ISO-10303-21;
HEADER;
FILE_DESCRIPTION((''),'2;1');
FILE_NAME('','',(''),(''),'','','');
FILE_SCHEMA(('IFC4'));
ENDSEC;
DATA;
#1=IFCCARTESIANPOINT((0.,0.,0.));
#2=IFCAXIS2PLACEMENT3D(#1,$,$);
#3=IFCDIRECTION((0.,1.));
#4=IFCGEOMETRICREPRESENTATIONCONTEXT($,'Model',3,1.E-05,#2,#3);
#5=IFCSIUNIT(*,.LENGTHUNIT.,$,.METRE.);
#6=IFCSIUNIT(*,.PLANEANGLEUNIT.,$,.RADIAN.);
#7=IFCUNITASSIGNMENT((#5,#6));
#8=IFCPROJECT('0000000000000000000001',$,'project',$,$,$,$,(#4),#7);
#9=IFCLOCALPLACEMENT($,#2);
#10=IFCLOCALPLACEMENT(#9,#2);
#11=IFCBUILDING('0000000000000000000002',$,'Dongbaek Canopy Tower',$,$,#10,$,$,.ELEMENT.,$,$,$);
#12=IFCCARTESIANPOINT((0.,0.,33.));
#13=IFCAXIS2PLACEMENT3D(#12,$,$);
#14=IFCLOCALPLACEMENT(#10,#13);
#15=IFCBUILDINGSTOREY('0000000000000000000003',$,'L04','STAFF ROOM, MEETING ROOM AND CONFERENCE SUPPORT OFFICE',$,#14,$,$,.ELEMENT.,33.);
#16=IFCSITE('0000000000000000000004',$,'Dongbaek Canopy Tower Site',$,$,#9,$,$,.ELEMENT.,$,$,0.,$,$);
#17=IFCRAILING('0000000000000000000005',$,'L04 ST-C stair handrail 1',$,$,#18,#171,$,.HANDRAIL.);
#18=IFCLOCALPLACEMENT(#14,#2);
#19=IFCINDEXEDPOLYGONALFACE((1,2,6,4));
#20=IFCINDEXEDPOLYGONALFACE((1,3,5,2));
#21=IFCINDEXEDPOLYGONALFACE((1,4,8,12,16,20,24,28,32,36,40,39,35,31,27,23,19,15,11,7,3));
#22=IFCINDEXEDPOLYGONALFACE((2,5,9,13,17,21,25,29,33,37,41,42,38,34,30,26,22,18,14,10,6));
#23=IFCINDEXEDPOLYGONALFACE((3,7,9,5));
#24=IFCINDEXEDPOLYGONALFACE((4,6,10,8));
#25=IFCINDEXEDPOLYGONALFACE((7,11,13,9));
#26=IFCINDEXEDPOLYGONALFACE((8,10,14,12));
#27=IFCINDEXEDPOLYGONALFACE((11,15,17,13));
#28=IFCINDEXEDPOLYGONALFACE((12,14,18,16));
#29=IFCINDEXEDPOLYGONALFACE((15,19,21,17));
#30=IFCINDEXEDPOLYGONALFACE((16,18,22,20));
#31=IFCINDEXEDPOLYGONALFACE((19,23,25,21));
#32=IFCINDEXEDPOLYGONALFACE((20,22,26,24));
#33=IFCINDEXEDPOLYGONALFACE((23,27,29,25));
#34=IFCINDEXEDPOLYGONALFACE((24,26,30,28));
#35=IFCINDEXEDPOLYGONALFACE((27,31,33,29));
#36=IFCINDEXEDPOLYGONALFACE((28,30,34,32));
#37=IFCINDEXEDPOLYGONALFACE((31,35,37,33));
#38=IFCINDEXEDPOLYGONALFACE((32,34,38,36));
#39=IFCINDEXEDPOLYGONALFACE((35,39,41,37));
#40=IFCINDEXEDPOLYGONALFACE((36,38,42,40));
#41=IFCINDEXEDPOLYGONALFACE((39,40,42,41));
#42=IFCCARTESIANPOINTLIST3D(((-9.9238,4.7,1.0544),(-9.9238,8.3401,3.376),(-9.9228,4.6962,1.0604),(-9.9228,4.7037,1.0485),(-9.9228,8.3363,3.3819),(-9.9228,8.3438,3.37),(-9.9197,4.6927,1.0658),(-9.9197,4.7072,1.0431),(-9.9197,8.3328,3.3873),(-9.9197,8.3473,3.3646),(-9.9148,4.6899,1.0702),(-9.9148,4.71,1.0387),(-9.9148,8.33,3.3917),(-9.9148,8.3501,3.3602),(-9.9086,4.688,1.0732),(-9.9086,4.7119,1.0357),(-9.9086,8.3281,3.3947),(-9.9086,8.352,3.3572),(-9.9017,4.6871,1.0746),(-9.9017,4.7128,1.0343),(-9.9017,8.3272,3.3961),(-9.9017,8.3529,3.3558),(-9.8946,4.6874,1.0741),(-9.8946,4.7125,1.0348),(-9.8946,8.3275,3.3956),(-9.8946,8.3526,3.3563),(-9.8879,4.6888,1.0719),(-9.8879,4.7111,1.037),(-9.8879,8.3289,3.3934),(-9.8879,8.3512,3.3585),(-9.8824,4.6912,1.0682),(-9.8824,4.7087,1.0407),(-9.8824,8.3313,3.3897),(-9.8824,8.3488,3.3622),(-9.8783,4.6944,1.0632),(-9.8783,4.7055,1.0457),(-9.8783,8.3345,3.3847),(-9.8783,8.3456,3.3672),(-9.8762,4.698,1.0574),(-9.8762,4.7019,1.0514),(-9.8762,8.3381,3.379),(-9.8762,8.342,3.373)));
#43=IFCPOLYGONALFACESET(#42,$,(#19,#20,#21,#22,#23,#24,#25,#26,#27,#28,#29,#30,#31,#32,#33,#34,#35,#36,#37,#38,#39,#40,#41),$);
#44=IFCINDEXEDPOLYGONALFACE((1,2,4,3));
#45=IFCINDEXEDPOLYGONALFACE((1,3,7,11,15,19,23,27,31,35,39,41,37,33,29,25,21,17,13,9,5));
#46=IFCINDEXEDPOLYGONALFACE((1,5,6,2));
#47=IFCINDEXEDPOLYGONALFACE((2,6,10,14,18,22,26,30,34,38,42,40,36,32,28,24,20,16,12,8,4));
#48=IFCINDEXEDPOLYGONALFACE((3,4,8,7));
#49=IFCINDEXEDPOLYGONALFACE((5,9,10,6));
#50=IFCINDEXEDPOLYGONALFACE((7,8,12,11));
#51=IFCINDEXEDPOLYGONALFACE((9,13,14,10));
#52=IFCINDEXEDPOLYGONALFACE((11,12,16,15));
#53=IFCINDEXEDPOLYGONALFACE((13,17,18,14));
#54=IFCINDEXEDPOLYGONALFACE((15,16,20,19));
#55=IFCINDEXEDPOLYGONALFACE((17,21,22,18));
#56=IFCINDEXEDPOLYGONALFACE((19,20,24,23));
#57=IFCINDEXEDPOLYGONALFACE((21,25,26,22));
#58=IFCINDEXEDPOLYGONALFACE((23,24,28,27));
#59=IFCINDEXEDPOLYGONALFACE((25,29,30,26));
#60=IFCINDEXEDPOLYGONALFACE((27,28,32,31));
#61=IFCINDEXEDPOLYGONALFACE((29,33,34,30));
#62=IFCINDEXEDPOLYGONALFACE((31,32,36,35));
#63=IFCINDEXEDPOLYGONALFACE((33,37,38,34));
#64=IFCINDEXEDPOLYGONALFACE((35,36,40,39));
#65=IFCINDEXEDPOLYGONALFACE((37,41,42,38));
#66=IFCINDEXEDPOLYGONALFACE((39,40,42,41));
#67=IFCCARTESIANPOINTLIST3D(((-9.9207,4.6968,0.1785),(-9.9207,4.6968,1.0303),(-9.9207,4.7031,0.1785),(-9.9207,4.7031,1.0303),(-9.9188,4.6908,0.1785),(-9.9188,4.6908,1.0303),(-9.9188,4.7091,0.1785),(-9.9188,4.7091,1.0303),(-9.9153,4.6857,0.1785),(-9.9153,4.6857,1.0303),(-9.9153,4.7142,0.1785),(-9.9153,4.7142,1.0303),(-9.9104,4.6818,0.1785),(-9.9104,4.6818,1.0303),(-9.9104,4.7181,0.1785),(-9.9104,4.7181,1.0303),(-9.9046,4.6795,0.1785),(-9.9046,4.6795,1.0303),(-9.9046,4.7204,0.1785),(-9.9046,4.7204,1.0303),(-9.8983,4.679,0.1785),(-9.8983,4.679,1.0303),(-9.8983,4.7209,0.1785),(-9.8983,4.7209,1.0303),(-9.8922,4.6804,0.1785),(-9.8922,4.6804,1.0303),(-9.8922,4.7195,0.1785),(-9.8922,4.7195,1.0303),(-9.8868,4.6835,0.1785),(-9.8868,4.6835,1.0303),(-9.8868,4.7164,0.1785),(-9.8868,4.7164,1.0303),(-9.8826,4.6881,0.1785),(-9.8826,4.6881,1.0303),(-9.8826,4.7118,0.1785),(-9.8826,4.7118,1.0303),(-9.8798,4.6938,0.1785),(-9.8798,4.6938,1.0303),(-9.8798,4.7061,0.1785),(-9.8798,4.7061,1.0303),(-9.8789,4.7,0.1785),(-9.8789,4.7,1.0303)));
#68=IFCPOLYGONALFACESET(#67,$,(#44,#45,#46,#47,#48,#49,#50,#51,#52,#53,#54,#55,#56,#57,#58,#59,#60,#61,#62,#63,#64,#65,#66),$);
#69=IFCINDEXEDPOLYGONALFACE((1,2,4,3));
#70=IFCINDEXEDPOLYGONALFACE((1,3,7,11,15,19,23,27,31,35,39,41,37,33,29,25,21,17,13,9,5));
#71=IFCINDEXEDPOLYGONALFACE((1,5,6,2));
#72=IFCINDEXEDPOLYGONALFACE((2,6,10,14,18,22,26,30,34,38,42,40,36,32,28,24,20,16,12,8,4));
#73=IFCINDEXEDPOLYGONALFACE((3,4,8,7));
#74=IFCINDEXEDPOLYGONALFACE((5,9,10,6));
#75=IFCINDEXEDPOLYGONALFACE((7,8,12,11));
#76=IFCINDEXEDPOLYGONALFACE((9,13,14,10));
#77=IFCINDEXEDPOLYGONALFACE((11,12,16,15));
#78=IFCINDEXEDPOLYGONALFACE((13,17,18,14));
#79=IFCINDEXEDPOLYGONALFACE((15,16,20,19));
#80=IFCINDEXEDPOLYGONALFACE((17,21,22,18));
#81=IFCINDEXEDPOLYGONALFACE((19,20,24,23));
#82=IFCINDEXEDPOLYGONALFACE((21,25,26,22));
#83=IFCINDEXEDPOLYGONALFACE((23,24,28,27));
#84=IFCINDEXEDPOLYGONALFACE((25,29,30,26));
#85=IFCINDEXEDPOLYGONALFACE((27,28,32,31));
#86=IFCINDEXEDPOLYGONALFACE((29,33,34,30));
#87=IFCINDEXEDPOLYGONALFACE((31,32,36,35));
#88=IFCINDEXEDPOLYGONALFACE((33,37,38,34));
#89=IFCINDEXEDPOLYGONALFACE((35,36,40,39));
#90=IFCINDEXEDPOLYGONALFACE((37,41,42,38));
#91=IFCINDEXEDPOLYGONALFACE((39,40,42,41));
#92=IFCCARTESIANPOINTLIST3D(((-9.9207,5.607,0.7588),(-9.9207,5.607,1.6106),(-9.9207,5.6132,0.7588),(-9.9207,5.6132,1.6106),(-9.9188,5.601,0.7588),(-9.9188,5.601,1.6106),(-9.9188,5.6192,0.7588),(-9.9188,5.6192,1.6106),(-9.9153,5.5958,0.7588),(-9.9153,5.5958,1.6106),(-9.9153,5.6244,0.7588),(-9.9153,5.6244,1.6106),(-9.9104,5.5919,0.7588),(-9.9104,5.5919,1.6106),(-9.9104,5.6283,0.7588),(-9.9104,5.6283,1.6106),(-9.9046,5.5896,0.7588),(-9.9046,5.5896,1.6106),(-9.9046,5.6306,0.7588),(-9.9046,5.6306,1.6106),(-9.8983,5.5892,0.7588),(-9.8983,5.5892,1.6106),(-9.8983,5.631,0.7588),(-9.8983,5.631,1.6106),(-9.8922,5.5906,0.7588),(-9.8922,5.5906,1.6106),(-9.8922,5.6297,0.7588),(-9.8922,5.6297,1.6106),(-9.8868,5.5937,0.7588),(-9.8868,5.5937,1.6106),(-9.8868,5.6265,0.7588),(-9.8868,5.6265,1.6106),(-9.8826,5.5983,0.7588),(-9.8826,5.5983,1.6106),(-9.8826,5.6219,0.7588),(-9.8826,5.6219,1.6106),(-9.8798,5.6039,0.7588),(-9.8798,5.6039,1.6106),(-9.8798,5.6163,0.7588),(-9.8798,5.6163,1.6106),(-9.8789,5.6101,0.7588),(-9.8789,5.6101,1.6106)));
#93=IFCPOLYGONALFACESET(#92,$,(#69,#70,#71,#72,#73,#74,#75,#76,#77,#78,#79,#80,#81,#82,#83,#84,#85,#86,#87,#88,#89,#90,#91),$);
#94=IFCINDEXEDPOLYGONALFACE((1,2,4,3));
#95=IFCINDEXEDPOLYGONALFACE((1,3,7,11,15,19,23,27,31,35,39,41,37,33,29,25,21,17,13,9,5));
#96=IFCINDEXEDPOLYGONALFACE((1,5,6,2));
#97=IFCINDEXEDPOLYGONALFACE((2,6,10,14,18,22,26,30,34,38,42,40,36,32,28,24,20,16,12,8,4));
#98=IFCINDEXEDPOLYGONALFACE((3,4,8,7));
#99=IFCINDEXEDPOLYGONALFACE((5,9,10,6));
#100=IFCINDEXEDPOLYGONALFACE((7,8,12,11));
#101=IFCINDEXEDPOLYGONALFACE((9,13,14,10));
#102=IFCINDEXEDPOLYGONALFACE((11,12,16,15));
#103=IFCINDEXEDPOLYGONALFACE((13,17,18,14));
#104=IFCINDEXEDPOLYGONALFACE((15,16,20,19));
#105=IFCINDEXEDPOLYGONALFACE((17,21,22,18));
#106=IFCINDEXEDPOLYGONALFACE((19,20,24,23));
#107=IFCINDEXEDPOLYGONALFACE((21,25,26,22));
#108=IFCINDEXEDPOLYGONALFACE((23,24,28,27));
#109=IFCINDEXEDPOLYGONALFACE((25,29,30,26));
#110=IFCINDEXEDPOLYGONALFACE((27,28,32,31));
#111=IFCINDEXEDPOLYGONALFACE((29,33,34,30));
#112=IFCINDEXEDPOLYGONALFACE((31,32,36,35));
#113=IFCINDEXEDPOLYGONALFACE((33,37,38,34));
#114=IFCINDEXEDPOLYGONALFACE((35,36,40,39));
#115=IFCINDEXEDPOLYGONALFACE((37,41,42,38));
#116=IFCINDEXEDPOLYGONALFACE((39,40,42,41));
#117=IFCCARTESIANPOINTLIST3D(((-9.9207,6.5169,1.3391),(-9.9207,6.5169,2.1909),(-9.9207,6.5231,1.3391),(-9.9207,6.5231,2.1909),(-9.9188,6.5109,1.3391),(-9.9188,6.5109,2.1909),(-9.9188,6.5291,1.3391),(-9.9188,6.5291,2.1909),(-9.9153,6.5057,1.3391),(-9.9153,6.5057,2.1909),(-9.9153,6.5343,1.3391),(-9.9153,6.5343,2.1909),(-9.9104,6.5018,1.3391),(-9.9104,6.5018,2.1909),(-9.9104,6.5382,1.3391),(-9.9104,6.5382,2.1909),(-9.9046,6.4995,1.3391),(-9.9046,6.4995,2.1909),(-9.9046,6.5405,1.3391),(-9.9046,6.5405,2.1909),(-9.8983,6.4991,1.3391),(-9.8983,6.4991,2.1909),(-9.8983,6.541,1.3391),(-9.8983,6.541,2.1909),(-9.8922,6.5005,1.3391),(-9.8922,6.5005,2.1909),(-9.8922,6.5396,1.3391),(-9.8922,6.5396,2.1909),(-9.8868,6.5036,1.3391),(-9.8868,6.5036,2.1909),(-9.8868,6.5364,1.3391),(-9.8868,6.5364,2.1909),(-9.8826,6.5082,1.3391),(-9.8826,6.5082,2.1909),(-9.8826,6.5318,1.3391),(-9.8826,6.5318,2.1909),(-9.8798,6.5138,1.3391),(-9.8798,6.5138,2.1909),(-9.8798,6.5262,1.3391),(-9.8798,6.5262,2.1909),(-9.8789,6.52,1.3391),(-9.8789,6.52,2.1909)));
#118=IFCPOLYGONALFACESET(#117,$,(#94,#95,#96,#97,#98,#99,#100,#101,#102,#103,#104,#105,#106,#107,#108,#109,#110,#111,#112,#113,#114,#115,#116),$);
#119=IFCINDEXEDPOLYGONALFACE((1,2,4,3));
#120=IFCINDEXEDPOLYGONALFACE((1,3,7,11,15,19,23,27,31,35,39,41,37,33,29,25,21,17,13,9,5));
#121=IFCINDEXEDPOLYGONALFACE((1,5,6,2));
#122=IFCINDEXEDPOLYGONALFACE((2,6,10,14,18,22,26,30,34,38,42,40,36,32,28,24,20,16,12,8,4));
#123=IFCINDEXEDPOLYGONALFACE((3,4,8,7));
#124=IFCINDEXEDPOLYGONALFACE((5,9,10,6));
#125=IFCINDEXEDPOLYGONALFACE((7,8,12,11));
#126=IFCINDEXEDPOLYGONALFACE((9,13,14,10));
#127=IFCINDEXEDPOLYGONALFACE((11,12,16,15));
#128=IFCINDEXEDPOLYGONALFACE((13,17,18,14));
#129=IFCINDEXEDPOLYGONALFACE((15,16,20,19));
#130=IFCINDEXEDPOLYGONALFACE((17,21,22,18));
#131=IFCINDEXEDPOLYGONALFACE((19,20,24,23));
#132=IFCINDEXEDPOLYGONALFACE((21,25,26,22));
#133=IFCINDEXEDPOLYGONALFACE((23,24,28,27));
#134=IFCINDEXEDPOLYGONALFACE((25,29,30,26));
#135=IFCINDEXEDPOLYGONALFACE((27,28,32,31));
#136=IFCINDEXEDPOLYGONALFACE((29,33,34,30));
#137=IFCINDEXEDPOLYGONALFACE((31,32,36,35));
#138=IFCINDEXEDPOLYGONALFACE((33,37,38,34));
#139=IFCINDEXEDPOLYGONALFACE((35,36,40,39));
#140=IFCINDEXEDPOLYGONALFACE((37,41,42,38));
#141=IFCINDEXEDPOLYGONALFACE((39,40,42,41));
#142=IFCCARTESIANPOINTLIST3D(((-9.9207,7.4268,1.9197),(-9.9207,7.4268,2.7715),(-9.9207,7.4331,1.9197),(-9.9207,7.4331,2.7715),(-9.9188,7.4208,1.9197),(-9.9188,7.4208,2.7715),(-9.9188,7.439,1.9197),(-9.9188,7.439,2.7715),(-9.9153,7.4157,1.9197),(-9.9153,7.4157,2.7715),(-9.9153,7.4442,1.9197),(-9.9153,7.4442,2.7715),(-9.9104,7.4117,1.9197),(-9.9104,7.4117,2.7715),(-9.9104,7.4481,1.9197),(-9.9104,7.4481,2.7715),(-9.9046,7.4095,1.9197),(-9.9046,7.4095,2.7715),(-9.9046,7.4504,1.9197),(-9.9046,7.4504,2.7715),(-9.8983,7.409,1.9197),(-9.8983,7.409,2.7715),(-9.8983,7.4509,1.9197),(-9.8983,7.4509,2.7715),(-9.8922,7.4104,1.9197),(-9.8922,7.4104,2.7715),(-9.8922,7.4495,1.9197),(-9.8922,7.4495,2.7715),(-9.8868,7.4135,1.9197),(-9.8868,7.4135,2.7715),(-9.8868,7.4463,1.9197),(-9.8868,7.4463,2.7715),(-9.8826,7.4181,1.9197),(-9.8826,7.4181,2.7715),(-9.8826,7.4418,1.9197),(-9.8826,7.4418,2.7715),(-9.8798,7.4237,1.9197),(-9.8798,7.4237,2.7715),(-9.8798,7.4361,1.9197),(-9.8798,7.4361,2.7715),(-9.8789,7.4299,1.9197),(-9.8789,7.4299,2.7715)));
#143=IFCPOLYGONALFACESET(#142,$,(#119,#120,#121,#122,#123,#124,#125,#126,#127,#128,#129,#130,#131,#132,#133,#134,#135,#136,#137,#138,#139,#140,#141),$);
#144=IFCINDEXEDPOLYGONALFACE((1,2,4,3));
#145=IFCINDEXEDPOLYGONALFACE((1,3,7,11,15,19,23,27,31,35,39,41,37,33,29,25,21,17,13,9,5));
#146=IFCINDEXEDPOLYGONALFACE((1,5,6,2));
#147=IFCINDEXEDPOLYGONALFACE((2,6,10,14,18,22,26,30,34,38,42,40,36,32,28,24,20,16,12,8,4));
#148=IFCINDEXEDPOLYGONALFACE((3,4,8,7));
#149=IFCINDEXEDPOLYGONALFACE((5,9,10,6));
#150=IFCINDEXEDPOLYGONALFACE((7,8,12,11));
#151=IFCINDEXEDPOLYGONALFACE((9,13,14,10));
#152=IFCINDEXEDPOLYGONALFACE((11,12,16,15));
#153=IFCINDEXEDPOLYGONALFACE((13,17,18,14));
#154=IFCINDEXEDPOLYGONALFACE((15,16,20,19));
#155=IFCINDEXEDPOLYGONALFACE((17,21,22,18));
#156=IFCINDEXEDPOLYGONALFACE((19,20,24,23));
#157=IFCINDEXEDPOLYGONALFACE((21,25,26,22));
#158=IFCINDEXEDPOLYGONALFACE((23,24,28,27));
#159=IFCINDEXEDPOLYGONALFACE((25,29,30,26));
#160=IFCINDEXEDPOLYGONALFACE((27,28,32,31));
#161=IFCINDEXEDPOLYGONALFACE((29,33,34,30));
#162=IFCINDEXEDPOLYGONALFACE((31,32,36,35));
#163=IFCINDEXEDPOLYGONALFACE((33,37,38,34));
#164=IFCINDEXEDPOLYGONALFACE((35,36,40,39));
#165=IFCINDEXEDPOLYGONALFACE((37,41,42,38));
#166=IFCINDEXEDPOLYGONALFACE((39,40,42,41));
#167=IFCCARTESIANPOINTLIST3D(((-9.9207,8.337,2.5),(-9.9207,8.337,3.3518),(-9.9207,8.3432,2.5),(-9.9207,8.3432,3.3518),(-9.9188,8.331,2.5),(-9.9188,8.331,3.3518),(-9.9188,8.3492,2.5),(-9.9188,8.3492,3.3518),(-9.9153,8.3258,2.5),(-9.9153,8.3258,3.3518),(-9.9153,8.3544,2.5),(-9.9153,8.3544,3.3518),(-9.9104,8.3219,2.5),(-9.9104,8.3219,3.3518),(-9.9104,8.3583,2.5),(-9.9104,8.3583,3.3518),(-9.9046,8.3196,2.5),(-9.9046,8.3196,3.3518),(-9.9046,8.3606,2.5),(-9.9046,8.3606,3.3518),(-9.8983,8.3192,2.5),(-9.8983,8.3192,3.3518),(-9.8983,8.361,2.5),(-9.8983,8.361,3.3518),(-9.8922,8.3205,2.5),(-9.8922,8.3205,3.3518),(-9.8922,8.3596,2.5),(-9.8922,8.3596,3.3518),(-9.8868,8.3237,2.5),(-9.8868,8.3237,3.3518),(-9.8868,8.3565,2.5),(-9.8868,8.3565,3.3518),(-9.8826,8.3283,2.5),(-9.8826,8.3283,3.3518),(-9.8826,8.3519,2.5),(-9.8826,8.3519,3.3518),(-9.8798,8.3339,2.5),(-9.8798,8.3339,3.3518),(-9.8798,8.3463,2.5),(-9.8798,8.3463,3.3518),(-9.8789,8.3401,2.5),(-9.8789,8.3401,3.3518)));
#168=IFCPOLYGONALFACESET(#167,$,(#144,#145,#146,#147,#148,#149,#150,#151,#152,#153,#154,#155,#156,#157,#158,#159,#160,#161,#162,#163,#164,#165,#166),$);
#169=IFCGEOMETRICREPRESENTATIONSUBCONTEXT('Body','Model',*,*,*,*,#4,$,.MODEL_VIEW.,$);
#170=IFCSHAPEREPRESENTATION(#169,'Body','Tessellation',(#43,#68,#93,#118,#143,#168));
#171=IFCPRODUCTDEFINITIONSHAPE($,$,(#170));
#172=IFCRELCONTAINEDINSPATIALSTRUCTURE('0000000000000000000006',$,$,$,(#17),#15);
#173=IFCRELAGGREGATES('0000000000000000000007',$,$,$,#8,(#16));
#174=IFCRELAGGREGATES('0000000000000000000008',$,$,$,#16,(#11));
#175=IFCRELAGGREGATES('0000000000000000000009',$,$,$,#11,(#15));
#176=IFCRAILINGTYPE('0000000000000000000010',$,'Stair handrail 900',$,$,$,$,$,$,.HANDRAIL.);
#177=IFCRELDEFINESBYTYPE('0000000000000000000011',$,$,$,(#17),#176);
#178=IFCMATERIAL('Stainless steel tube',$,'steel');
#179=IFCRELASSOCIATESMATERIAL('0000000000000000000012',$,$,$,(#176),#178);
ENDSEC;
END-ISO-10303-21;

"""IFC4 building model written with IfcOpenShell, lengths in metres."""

from ifc_helpers import new_model, si_unit, direction, frame, origin, origin_2d, place, context, subcontext, project, spatial, circle, extrude, material, type_object, element, save


model = new_model("IFC4")

# Units and contexts
model_context = context("Model", 3, precision=1e-05, world=origin(), true_north=direction((0.0, 1.0)))
body_context = subcontext(model_context, "Body", "Model", "MODEL_VIEW")
ifc_project = project(units=[si_unit("LENGTHUNIT", "METRE"), si_unit("PLANEANGLEUNIT", "RADIAN")], contexts=[model_context])

# Site, building, storey
site_placement = place(None, origin())
site = spatial("IfcSite", under=ifc_project, at=site_placement, Name="Dongbaek Canopy Tower Site", CompositionType="ELEMENT", RefElevation=0.0)
building_placement = place(site_placement, origin())
building = spatial("IfcBuilding", under=site, at=building_placement, Name="Dongbaek Canopy Tower", CompositionType="ELEMENT")
storey_placement = place(building_placement, frame((0.0, 0.0, 33.0)))
storey = spatial("IfcBuildingStorey", under=building, at=storey_placement, Name="L04", Description="STAFF ROOM, MEETING ROOM AND CONFERENCE SUPPORT OFFICE", CompositionType="ELEMENT", Elevation=33.0)

# Railing
ifc_material_1 = material(Name="Stainless steel tube", Category="steel")
railing_type_1 = type_object("IfcRailingType", Name="Stair handrail 900", PredefinedType="HANDRAIL", material=ifc_material_1)
railing_1_placement = place(storey_placement, frame((-9.8999, 4.7, 0.1785)))
element("IfcRailing", 1, at=railing_1_placement, inside=storey, type_object=railing_type_1, Name="L04 ST-C stair handrail 1", PredefinedType="HANDRAIL", context=body_context, shape_type="SweptSolid", body=[
    extrude(circle(Radius=0.0239, at=origin_2d()), frame((0.0, 0.0, 0.876), z_axis=(0.0, 0.843128, 0.537713), x_axis=(-1.0, 0.0, 0.0)), (0.0, 0.0, 1.0), 4.3174),
    extrude(circle(Radius=0.021, at=origin_2d()), origin(), (0.0, 0.0, 1.0), 0.8518),
    extrude(circle(Radius=0.021, at=origin_2d()), frame((0.0, 0.9102, 0.5803)), (0.0, 0.0, 1.0), 0.8518),
    extrude(circle(Radius=0.021, at=origin_2d()), frame((0.0, 1.8201, 1.1606)), (0.0, 0.0, 1.0), 0.8518),
    extrude(circle(Radius=0.021, at=origin_2d()), frame((0.0, 2.73, 1.7412)), (0.0, 0.0, 1.0), 0.8518),
    extrude(circle(Radius=0.021, at=origin_2d()), frame((0.0, 3.6401, 2.3215)), (0.0, 0.0, 1.0), 0.8518),
])

save(model, "model.ifc")
